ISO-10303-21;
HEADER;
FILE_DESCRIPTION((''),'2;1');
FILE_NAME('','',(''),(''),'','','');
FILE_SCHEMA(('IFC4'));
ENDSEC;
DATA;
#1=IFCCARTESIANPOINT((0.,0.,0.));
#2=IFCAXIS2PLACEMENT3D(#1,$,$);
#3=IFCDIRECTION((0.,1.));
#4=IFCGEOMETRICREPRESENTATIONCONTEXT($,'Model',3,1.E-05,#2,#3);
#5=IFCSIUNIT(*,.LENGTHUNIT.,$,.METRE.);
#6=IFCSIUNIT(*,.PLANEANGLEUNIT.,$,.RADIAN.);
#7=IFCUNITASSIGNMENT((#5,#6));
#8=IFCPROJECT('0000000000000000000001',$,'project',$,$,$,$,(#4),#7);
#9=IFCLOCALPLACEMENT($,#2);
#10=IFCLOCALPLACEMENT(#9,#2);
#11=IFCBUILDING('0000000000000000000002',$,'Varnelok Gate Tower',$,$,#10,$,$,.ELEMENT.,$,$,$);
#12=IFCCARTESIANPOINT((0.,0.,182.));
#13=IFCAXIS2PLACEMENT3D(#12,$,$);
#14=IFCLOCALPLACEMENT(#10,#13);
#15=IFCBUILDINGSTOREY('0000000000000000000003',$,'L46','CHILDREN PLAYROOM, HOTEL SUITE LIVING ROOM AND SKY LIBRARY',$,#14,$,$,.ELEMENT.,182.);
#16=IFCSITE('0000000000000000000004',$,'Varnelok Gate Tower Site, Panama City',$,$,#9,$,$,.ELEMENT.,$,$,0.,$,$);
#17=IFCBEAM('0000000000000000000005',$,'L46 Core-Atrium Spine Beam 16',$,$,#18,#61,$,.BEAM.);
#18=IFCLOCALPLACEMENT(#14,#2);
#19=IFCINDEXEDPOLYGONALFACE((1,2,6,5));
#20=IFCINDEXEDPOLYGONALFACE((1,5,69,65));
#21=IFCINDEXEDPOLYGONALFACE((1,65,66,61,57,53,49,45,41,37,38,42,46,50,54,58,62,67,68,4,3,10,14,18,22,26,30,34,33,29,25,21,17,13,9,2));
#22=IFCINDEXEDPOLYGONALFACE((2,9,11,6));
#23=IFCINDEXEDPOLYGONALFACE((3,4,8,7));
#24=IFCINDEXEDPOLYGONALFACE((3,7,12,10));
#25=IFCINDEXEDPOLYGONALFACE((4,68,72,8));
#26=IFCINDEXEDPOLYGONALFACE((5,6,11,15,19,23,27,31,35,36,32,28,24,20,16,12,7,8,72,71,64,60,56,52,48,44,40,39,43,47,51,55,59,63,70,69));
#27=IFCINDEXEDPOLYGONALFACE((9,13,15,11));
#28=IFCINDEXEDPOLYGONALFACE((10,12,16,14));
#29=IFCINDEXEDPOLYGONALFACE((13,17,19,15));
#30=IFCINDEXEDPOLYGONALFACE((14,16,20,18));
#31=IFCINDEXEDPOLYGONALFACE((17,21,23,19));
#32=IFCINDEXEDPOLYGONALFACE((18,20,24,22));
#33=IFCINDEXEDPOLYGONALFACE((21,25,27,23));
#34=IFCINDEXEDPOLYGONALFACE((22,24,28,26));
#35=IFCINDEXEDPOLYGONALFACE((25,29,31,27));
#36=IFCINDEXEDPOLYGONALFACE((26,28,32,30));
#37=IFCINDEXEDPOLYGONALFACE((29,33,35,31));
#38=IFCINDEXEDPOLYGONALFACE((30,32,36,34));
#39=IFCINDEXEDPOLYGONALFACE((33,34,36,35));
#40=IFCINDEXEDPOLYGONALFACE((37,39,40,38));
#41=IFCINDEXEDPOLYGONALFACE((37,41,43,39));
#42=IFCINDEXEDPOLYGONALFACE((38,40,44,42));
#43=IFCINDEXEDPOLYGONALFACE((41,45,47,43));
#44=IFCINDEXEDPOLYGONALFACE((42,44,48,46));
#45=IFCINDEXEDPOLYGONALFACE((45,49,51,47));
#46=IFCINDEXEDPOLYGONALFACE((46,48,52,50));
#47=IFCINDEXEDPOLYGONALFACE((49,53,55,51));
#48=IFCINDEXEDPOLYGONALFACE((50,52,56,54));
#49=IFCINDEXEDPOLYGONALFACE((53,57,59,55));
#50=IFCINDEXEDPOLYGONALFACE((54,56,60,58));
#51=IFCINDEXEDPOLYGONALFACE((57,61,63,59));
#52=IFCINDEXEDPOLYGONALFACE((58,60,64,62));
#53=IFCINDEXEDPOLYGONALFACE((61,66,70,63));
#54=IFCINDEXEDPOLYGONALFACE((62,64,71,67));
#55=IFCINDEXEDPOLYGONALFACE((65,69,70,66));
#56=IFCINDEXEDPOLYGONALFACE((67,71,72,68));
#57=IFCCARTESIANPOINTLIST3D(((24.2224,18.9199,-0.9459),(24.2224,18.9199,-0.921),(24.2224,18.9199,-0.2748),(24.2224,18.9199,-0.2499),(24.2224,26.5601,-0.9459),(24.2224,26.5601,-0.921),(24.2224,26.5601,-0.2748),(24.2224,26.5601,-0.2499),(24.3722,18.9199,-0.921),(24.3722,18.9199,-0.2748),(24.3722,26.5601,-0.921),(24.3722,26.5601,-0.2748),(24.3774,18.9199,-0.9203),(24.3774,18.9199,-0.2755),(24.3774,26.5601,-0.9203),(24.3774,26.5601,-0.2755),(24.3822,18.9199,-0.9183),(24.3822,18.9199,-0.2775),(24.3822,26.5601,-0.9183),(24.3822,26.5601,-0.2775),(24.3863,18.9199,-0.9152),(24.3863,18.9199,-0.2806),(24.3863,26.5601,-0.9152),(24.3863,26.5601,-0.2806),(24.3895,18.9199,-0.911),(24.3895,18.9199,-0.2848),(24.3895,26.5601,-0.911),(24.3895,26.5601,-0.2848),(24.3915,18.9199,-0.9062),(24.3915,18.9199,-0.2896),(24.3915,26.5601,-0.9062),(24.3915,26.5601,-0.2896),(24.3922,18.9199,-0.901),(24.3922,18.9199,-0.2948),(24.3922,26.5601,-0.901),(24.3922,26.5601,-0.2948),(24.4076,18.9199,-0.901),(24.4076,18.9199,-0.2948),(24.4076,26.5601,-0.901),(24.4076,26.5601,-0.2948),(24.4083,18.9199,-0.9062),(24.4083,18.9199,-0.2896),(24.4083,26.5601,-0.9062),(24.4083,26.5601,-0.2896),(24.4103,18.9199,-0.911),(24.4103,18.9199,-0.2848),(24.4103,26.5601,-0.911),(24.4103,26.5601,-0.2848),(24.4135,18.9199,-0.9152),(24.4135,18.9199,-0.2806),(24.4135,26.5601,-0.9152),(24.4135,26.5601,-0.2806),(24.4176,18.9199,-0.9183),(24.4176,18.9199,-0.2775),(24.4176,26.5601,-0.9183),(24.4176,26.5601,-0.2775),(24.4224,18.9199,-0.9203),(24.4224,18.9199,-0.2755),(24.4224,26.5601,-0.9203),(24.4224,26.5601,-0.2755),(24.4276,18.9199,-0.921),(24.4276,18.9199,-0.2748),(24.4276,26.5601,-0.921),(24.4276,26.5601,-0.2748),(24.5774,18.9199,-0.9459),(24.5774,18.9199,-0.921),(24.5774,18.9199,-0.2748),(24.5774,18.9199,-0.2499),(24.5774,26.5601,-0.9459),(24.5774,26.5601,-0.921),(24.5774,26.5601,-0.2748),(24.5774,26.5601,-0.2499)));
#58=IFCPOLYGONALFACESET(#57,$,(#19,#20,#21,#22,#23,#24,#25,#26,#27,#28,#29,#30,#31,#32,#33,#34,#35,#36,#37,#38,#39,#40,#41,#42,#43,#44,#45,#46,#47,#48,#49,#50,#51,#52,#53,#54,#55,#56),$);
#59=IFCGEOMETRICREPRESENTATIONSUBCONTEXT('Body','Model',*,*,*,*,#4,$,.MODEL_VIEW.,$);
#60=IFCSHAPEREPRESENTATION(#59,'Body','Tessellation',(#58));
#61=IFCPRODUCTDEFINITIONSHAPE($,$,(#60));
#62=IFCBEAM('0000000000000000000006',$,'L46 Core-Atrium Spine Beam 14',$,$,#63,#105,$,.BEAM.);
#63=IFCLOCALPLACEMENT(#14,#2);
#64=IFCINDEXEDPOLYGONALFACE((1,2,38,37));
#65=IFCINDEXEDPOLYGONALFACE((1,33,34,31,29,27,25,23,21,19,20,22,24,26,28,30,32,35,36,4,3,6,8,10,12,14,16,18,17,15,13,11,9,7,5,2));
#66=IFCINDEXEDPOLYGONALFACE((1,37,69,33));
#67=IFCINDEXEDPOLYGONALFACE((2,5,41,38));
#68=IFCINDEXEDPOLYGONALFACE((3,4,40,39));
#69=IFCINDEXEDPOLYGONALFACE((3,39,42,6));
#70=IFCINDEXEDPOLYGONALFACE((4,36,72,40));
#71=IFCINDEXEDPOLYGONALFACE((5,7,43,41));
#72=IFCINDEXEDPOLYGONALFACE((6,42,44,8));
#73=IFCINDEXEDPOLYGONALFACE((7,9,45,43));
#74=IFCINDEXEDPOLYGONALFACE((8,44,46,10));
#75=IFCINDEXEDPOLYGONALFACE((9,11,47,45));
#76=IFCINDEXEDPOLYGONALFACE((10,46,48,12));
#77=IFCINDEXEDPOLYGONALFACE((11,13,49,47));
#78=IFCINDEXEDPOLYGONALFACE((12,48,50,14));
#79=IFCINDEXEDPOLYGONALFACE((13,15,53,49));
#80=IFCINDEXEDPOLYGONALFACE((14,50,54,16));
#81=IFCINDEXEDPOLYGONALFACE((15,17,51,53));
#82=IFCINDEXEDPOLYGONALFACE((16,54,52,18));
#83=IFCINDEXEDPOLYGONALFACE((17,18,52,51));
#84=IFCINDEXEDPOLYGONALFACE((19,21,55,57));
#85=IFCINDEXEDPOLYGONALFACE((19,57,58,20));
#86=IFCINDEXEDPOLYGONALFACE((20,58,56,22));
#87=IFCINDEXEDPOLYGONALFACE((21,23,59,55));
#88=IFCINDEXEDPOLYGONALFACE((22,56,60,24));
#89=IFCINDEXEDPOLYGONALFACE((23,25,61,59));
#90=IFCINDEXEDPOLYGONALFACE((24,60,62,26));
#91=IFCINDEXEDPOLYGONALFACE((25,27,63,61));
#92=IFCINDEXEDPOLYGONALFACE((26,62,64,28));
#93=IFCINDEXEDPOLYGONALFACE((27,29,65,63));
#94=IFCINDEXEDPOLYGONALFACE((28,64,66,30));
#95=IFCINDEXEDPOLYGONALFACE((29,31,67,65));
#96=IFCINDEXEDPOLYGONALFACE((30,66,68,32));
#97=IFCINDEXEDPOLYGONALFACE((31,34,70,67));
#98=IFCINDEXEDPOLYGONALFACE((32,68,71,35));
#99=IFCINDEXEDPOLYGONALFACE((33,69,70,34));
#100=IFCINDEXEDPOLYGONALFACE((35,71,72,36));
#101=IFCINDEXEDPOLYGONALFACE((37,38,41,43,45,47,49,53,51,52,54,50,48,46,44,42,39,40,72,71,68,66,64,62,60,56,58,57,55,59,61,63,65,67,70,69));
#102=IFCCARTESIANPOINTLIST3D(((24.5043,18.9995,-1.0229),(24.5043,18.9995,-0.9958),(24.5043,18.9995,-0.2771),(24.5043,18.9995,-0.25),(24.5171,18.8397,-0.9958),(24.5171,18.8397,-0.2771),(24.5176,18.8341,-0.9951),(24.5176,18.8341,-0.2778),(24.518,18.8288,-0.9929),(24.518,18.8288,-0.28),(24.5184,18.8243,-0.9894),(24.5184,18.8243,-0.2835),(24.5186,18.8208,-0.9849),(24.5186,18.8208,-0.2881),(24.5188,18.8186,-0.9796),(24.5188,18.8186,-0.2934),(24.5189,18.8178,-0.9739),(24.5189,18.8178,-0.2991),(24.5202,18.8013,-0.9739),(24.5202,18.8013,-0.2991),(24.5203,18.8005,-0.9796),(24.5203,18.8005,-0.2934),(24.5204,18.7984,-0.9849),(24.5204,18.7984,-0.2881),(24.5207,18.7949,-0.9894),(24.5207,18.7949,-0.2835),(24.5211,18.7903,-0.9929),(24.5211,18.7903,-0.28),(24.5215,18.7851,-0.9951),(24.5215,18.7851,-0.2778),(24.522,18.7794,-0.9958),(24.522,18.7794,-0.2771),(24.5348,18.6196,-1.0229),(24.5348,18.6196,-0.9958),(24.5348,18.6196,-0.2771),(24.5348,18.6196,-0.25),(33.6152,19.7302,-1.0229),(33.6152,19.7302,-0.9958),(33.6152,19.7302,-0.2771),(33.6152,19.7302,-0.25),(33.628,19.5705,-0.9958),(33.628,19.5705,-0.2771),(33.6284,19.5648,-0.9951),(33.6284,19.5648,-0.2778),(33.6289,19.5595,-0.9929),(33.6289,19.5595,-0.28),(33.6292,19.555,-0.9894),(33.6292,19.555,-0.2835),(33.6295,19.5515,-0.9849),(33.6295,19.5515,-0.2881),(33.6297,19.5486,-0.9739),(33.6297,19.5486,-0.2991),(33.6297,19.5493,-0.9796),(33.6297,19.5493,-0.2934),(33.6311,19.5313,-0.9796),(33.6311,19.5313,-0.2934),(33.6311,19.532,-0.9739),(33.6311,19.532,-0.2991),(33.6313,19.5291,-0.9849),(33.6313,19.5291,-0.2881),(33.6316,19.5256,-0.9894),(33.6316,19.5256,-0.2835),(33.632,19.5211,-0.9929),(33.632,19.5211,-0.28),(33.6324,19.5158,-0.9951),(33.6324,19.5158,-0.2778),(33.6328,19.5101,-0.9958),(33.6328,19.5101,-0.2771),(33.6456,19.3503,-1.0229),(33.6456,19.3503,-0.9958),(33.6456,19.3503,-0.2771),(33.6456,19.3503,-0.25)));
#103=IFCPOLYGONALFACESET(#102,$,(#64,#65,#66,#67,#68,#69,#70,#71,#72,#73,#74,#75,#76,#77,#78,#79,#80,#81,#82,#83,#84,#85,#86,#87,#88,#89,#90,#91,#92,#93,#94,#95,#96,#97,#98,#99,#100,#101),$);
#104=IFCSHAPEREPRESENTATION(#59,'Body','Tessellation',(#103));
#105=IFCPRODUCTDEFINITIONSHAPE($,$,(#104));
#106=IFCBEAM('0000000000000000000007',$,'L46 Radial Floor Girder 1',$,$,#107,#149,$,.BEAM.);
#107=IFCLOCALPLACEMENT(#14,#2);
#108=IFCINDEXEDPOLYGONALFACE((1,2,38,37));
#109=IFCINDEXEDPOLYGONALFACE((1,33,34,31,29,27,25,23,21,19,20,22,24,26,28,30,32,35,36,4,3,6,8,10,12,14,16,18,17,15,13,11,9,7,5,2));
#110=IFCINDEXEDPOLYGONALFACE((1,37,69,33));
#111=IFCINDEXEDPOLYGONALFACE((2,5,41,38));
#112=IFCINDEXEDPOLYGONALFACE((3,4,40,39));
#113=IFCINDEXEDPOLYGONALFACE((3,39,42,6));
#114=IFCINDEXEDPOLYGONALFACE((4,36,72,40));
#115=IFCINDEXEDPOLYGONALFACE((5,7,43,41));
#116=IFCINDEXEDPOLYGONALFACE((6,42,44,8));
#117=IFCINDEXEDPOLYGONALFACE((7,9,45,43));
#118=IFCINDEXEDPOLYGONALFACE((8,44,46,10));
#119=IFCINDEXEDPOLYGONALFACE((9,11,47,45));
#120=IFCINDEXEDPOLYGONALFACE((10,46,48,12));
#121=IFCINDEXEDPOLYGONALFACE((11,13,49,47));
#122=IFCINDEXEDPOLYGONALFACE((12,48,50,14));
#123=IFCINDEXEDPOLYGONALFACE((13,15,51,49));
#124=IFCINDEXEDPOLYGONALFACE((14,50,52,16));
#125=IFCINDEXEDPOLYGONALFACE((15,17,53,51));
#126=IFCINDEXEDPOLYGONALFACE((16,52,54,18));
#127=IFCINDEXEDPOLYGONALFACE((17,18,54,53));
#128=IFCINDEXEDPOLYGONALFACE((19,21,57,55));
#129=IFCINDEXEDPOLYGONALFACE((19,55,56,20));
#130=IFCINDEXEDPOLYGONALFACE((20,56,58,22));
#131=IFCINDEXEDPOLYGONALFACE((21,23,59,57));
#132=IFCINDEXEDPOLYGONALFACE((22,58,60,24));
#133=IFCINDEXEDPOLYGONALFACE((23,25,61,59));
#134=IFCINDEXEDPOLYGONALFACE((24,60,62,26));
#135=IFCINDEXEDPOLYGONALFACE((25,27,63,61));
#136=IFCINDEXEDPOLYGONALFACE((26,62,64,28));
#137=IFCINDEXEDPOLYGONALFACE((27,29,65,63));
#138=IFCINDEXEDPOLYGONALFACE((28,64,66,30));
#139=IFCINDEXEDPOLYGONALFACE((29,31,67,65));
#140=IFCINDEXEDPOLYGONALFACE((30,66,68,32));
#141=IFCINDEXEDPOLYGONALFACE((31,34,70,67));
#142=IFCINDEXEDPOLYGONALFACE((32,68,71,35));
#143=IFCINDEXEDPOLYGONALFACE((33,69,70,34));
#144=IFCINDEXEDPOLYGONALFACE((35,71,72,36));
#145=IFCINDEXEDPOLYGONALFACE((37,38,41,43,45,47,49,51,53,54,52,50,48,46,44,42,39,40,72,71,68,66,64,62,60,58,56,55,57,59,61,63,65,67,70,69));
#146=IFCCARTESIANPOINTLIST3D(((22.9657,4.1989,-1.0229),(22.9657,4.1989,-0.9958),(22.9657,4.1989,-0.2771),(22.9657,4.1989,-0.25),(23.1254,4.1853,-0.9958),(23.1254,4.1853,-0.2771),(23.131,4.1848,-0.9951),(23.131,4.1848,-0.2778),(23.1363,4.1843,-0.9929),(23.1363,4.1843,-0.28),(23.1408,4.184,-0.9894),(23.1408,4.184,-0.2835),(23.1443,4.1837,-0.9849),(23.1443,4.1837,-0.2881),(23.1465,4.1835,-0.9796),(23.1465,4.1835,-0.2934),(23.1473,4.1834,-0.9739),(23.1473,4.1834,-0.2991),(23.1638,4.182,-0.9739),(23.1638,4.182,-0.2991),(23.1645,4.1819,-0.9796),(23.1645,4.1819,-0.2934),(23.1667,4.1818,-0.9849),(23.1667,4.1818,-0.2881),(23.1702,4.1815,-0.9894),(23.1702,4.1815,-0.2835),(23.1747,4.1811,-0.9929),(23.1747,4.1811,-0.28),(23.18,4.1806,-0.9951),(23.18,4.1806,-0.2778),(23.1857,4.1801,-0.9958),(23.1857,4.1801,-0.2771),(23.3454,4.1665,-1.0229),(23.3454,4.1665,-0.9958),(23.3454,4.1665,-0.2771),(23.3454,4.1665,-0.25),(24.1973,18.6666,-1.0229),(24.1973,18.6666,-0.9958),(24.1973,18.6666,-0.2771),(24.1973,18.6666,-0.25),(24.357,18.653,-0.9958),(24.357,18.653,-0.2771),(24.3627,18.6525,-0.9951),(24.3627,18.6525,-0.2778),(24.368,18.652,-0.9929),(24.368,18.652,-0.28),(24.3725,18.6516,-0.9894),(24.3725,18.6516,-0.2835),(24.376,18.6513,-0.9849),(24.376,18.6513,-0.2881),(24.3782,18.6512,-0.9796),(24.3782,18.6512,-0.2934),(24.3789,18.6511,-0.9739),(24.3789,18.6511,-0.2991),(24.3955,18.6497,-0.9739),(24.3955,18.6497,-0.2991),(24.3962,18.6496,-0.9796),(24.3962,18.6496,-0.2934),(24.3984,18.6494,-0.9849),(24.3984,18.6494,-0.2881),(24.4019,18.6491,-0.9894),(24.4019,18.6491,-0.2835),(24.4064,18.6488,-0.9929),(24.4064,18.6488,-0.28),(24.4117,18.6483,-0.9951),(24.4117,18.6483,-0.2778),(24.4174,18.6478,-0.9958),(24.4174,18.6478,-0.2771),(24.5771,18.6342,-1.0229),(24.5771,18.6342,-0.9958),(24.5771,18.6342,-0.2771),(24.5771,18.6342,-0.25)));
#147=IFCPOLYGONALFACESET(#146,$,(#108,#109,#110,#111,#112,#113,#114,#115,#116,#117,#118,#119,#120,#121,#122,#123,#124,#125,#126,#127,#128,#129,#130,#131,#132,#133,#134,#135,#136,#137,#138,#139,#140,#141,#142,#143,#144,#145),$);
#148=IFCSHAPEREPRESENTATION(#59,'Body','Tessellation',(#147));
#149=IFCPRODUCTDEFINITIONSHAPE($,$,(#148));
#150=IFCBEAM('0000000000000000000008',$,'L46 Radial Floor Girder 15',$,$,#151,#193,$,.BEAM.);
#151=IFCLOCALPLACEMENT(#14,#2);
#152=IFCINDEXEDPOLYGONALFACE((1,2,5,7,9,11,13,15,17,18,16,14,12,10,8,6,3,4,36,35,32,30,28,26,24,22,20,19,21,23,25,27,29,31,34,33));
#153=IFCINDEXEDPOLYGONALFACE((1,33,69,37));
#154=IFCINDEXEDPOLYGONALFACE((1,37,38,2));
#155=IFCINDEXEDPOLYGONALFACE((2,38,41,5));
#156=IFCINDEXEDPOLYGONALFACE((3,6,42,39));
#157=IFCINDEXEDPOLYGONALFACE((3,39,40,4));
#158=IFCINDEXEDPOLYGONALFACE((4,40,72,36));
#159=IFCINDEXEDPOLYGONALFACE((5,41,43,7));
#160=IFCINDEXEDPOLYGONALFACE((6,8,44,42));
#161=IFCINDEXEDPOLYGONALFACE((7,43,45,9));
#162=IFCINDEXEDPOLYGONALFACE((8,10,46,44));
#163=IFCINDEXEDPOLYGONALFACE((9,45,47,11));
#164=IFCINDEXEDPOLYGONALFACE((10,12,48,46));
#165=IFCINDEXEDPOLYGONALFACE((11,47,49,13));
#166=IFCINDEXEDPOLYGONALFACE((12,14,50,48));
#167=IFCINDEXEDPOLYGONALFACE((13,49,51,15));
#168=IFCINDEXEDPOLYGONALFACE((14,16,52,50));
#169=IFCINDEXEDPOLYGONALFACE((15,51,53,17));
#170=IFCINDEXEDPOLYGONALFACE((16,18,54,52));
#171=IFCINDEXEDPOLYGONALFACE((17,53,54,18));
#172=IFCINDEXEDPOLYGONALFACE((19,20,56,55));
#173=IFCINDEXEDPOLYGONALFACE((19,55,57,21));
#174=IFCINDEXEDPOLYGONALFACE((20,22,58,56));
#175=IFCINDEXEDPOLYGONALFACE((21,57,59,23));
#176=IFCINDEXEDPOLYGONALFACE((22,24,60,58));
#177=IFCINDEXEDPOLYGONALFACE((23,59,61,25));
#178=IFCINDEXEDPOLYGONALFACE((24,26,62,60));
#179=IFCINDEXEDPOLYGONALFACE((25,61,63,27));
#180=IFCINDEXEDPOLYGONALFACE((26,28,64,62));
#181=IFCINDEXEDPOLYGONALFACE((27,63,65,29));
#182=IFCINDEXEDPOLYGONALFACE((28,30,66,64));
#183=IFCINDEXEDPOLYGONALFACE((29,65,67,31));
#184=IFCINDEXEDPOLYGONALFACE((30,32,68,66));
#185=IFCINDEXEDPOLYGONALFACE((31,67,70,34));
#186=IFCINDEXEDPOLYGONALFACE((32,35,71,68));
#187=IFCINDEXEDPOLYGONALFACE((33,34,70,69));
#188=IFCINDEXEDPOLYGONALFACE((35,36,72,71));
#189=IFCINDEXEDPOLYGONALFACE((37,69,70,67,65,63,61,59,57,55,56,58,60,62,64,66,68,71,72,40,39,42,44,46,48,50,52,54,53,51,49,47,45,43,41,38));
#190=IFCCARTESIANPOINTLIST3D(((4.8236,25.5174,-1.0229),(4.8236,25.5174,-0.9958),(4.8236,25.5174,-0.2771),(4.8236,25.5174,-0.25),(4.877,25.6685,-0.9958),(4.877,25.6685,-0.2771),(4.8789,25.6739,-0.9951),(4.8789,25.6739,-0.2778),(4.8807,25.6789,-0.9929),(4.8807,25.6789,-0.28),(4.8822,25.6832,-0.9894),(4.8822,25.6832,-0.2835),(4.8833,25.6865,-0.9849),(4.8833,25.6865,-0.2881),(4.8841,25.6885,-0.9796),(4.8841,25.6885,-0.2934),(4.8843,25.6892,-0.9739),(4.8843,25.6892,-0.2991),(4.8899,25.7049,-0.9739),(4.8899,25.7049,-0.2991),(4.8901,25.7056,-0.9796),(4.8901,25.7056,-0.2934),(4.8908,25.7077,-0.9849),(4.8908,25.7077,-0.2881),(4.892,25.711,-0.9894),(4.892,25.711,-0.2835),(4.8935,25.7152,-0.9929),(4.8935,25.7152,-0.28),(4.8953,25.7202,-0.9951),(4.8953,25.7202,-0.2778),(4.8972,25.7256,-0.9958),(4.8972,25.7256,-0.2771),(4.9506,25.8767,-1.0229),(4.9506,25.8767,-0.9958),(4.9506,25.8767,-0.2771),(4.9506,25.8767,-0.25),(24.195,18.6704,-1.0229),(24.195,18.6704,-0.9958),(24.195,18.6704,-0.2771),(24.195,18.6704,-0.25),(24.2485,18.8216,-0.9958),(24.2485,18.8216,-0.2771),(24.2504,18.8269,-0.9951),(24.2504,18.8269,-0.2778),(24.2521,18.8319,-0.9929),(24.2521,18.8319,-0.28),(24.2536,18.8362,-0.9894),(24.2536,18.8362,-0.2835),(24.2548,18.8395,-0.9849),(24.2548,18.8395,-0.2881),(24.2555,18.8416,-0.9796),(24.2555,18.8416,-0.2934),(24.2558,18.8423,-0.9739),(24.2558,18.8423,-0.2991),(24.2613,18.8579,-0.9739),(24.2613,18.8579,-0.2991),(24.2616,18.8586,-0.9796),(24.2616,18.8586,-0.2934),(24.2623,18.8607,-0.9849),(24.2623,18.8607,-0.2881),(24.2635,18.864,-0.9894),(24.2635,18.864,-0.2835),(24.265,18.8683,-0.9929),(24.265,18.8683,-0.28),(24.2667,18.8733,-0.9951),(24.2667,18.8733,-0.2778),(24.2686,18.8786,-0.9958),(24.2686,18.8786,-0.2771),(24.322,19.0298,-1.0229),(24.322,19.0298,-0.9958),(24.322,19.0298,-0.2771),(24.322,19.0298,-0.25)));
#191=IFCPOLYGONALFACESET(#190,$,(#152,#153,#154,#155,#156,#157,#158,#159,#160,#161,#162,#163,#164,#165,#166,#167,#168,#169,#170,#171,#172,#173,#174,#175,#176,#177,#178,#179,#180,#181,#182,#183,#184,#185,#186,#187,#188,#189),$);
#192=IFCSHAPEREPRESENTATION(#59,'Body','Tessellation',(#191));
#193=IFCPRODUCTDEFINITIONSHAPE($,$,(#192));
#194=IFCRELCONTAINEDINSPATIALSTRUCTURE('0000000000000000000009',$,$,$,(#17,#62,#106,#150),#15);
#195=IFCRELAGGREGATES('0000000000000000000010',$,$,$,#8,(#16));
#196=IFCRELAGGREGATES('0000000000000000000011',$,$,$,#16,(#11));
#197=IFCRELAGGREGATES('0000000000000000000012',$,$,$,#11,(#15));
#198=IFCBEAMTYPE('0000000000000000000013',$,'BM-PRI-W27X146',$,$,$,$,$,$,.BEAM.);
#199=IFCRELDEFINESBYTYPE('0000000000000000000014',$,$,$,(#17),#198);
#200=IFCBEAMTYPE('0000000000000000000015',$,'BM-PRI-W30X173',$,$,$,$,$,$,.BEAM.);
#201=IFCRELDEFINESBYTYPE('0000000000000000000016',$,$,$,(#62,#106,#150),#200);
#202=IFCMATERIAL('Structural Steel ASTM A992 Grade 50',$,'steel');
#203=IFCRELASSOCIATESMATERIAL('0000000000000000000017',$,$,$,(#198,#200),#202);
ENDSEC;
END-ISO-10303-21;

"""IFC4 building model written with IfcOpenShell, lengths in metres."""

from ifc_helpers import new_model, si_unit, direction, frame, origin, origin_2d, place, context, subcontext, project, spatial, i_section, extrude, material, material_profile, profile_set, type_object, element, save


model = new_model("IFC4")

# Units and contexts
model_context = context("Model", 3, precision=1e-05, world=origin(), true_north=direction((0.0, 1.0)))
body_context = subcontext(model_context, "Body", "Model", "MODEL_VIEW")
ifc_project = project(units=[si_unit("LENGTHUNIT", "METRE"), si_unit("PLANEANGLEUNIT", "RADIAN")], contexts=[model_context])

# Site, building, storey
site_placement = place(None, origin())
site = spatial("IfcSite", under=ifc_project, at=site_placement, Name="Varnelok Gate Tower Site, Panama City", CompositionType="ELEMENT", RefElevation=0.0)
building_placement = place(site_placement, origin())
building = spatial("IfcBuilding", under=site, at=building_placement, Name="Varnelok Gate Tower", CompositionType="ELEMENT")
storey_placement = place(building_placement, frame((0.0, 0.0, 182.0)))
storey = spatial("IfcBuildingStorey", under=building, at=storey_placement, Name="L46", Description="CHILDREN PLAYROOM, HOTEL SUITE LIVING ROOM AND SKY LIBRARY", CompositionType="ELEMENT", Elevation=182.0)

# Shared definitions
ifc_material_1 = material(Name="Structural Steel ASTM A992 Grade 50", Category="steel")

# Beams
ifc_material_profile_1 = material_profile(ifc_material_1, i_section(OverallWidth=0.355, OverallDepth=0.696, WebThickness=0.0154, FlangeThickness=0.0249, FilletRadius=0.02, at=origin_2d()), Name="W27X146")
ifc_profile_set_1 = profile_set([ifc_material_profile_1], Name="Structural Steel ASTM A992 Grade 50")
beam_type_1 = type_object("IfcBeamType", Name="BM-PRI-W27X146", PredefinedType="BEAM", material=ifc_profile_set_1)
beam_1_placement = place(storey_placement, frame((24.3999, 18.9199, -0.5979), z_axis=(0.0, 1.0, 0.0), x_axis=(-1.0, 0.0, 0.0)))
element("IfcBeam", 1, at=beam_1_placement, inside=storey, type_object=beam_type_1, Name="L46 Core-Atrium Spine Beam 16", PredefinedType="BEAM", context=body_context, shape_type="SweptSolid", body=[
    extrude(i_section(OverallWidth=0.355, OverallDepth=0.696, WebThickness=0.0154, FlangeThickness=0.0249, FilletRadius=0.02, at=origin_2d()), origin(), (0.0, 0.0, 1.0), 7.6401),
])
ifc_material_profile_2 = material_profile(ifc_material_1, i_section(OverallWidth=0.3811, OverallDepth=0.7729, WebThickness=0.0166, FlangeThickness=0.0271, FilletRadius=0.022, at=origin_2d()), Name="W30X173")
ifc_profile_set_2 = profile_set([ifc_material_profile_2], Name="Structural Steel ASTM A992 Grade 50")
beam_type_2 = type_object("IfcBeamType", Name="BM-PRI-W30X173", PredefinedType="BEAM", material=ifc_profile_set_2)
beam_2_placement = place(storey_placement, frame((24.5195, 18.8096, -0.6365), z_axis=(0.996799, 0.079946, 0.0), x_axis=(-0.079946, 0.996799, 0.0)))
element("IfcBeam", 2, at=beam_2_placement, inside=storey, type_object=beam_type_2, Name="L46 Core-Atrium Spine Beam 14", PredefinedType="BEAM", context=body_context, shape_type="SweptSolid", body=[
    extrude(i_section(OverallWidth=0.3811, OverallDepth=0.7729, WebThickness=0.0166, FlangeThickness=0.0271, FilletRadius=0.022, at=origin_2d()), origin(), (0.0, 0.0, 1.0), 9.1401),
])
beam_3_placement = place(storey_placement, frame((24.3872, 18.6504, -0.6365), z_axis=(-0.084826, -0.996396, 0.0), x_axis=(0.996396, -0.084826, 0.0)))
element("IfcBeam", 3, at=beam_3_placement, inside=storey, type_object=beam_type_2, Name="L46 Radial Floor Girder 1", PredefinedType="BEAM", context=body_context, shape_type="SweptSolid", body=[
    extrude(i_section(OverallWidth=0.3811, OverallDepth=0.7729, WebThickness=0.0166, FlangeThickness=0.0271, FilletRadius=0.022, at=origin_2d()), origin(), (0.0, 0.0, 1.0), 14.52),
])
beam_4_placement = place(storey_placement, frame((24.2585, 18.8501, -0.6365), z_axis=(-0.942838, 0.333252, 0.0), x_axis=(-0.333252, -0.942838, 0.0)))
element("IfcBeam", 4, at=beam_4_placement, inside=storey, type_object=beam_type_2, Name="L46 Radial Floor Girder 15", PredefinedType="BEAM", context=body_context, shape_type="SweptSolid", body=[
    extrude(i_section(OverallWidth=0.3811, OverallDepth=0.7729, WebThickness=0.0166, FlangeThickness=0.0271, FilletRadius=0.022, at=origin_2d()), origin(), (0.0, 0.0, 1.0), 20.5459),
])

save(model, "model.ifc")
